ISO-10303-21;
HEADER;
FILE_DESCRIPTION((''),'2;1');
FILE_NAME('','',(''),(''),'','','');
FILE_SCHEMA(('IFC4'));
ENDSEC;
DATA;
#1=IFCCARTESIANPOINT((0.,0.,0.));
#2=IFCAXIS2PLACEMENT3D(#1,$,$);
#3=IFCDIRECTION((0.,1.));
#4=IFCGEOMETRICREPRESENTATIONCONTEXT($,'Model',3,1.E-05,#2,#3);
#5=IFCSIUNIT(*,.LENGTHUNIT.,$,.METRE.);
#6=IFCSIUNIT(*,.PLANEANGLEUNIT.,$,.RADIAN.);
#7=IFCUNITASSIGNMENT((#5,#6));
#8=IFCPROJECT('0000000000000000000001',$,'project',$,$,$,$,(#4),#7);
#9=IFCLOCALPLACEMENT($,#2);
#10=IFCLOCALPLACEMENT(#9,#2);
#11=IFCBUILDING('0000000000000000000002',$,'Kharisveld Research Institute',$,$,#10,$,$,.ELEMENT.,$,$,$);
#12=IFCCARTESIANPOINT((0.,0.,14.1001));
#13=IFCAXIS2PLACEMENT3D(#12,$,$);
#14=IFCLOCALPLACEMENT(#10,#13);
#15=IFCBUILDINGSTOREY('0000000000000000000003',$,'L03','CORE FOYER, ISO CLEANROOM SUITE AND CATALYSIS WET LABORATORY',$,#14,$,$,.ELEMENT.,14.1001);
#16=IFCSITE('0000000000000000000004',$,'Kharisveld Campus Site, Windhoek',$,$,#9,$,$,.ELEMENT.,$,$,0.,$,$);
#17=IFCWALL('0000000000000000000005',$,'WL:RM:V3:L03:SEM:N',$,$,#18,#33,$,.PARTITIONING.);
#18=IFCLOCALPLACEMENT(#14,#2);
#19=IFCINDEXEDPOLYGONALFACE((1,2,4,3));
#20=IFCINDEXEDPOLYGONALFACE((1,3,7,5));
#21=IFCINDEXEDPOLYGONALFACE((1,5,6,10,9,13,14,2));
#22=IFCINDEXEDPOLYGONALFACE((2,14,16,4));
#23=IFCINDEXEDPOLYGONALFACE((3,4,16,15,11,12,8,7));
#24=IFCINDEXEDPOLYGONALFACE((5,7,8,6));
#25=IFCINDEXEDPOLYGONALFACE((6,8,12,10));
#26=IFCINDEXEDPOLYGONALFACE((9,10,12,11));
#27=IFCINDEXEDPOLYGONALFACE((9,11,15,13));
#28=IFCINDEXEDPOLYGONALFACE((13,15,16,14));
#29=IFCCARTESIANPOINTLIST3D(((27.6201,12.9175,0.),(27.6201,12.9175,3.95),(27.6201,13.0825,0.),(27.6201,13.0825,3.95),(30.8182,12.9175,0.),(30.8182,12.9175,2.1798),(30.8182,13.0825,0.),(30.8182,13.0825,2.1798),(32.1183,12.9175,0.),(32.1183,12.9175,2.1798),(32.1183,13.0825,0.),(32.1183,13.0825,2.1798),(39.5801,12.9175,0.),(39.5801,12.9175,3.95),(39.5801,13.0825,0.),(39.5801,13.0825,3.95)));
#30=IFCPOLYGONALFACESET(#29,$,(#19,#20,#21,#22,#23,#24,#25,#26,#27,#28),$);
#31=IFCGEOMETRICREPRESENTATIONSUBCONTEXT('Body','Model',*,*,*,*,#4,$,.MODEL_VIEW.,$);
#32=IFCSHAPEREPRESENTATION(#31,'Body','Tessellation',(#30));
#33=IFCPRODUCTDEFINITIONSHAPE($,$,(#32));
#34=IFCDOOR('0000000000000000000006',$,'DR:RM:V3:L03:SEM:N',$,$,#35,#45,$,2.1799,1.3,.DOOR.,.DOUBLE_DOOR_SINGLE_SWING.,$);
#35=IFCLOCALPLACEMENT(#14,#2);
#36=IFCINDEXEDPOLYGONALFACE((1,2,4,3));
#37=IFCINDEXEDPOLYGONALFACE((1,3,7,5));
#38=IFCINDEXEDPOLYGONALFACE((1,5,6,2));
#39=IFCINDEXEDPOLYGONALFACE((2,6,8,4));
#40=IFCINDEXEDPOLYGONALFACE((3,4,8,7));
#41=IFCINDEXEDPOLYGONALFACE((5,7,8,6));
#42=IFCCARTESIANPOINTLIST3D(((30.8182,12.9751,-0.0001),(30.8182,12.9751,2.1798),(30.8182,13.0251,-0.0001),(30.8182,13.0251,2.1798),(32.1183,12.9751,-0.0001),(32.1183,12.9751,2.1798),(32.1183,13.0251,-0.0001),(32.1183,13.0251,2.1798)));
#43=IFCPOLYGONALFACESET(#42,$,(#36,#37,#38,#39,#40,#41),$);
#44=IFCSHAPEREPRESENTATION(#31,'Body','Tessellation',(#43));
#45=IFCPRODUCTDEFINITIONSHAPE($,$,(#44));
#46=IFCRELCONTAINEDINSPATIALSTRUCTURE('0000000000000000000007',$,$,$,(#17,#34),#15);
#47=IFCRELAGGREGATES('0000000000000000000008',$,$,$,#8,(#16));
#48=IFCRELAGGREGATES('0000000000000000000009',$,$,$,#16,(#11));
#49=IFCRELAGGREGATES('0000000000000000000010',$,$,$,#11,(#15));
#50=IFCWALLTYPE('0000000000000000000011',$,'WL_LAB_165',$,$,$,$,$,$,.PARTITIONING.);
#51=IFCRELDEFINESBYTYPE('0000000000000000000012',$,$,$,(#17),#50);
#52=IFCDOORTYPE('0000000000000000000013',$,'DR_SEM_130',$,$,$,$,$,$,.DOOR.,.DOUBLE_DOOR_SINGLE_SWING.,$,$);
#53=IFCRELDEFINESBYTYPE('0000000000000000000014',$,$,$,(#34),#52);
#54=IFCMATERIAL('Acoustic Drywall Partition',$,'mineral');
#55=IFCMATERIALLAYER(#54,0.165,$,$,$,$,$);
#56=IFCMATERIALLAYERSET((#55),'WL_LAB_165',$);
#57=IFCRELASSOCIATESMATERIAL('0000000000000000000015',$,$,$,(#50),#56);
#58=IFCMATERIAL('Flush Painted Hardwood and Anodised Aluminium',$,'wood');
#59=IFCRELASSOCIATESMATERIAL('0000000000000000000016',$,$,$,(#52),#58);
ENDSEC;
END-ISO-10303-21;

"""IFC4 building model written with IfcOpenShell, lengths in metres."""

from ifc_helpers import new_model, si_unit, direction, frame, frame_2d, origin, place, context, subcontext, project, spatial, rectangle, extrude, material, layer, layer_set, type_object, element, fill, save


model = new_model("IFC4")

# Units and contexts
model_context = context("Model", 3, precision=1e-05, world=origin(), true_north=direction((0.0, 1.0)))
body_context = subcontext(model_context, "Body", "Model", "MODEL_VIEW")
ifc_project = project(units=[si_unit("LENGTHUNIT", "METRE"), si_unit("PLANEANGLEUNIT", "RADIAN")], contexts=[model_context])

# Site, building, storey
site_placement = place(None, origin())
site = spatial("IfcSite", under=ifc_project, at=site_placement, Name="Kharisveld Campus Site, Windhoek", CompositionType="ELEMENT", RefElevation=0.0)
building_placement = place(site_placement, origin())
building = spatial("IfcBuilding", under=site, at=building_placement, Name="Kharisveld Research Institute", CompositionType="ELEMENT")
storey_placement = place(building_placement, frame((0.0, 0.0, 14.1001)))
storey = spatial("IfcBuildingStorey", under=building, at=storey_placement, Name="L03", Description="CORE FOYER, ISO CLEANROOM SUITE AND CATALYSIS WET LABORATORY", CompositionType="ELEMENT", Elevation=14.1001)

# Wall, opening, door
ifc_material_1 = material(Name="Acoustic Drywall Partition", Category="mineral")
ifc_layer_1 = layer(ifc_material_1, 0.165)
ifc_layer_set_1 = layer_set([ifc_layer_1], Name="WL_LAB_165")
wall_type = type_object("IfcWallType", Name="WL_LAB_165", PredefinedType="PARTITIONING", material=ifc_layer_set_1)
wall_placement = place(storey_placement, frame((39.5801, 13.0, 0.0), z_axis=(0.0, 0.0, 1.0), x_axis=(-1.0, 0.0, 0.0)))
wall = element("IfcWall", 1, at=wall_placement, inside=storey, type_object=wall_type, Name="WL:RM:V3:L03:SEM:N", PredefinedType="PARTITIONING", context=body_context, shape_type="SweptSolid", body=[
    extrude(rectangle(XDim=11.96, YDim=0.165, at=frame_2d((5.98, 0.0))), origin(), (0.0, 0.0, 1.0), 3.95),
])
opening_placement = place(wall_placement, frame((7.4619, 0.0, 0.0)))
opening = element("IfcOpeningElement", 2, at=opening_placement, cuts=wall, PredefinedType="OPENING", context=body_context, shape_type="SweptSolid", body=[
    extrude(rectangle(XDim=1.3, YDim=2.1799, at=frame_2d((0.6499, 1.0898))), frame((0.0, 0.0825, 0.0), z_axis=(0.0, -1.0, 0.0), x_axis=(1.0, 0.0, 0.0)), (0.0, 0.0, 1.0), 0.165),
])
ifc_material_2 = material(Name="Flush Painted Hardwood and Anodised Aluminium", Category="wood")
door_type = type_object("IfcDoorType", Name="DR_SEM_130", OperationType="DOUBLE_DOOR_SINGLE_SWING", PredefinedType="DOOR", material=ifc_material_2)
door_placement = place(opening_placement, origin())
door = element("IfcDoor", 3, at=door_placement, inside=storey, type_object=door_type, Name="DR:RM:V3:L03:SEM:N", OperationType="DOUBLE_DOOR_SINGLE_SWING", OverallHeight=2.1799, OverallWidth=1.3, PredefinedType="DOOR", context=body_context, shape_type="SweptSolid", body=[
    extrude(rectangle(XDim=1.3, YDim=2.1799, at=frame_2d((0.6499, 1.0898))), frame((0.0, 0.0249, 0.0), z_axis=(0.0, -1.0, 0.0), x_axis=(1.0, 0.0, 0.0)), (0.0, 0.0, 1.0), 0.05),
])
fill(opening, door)

save(model, "model.ifc")
